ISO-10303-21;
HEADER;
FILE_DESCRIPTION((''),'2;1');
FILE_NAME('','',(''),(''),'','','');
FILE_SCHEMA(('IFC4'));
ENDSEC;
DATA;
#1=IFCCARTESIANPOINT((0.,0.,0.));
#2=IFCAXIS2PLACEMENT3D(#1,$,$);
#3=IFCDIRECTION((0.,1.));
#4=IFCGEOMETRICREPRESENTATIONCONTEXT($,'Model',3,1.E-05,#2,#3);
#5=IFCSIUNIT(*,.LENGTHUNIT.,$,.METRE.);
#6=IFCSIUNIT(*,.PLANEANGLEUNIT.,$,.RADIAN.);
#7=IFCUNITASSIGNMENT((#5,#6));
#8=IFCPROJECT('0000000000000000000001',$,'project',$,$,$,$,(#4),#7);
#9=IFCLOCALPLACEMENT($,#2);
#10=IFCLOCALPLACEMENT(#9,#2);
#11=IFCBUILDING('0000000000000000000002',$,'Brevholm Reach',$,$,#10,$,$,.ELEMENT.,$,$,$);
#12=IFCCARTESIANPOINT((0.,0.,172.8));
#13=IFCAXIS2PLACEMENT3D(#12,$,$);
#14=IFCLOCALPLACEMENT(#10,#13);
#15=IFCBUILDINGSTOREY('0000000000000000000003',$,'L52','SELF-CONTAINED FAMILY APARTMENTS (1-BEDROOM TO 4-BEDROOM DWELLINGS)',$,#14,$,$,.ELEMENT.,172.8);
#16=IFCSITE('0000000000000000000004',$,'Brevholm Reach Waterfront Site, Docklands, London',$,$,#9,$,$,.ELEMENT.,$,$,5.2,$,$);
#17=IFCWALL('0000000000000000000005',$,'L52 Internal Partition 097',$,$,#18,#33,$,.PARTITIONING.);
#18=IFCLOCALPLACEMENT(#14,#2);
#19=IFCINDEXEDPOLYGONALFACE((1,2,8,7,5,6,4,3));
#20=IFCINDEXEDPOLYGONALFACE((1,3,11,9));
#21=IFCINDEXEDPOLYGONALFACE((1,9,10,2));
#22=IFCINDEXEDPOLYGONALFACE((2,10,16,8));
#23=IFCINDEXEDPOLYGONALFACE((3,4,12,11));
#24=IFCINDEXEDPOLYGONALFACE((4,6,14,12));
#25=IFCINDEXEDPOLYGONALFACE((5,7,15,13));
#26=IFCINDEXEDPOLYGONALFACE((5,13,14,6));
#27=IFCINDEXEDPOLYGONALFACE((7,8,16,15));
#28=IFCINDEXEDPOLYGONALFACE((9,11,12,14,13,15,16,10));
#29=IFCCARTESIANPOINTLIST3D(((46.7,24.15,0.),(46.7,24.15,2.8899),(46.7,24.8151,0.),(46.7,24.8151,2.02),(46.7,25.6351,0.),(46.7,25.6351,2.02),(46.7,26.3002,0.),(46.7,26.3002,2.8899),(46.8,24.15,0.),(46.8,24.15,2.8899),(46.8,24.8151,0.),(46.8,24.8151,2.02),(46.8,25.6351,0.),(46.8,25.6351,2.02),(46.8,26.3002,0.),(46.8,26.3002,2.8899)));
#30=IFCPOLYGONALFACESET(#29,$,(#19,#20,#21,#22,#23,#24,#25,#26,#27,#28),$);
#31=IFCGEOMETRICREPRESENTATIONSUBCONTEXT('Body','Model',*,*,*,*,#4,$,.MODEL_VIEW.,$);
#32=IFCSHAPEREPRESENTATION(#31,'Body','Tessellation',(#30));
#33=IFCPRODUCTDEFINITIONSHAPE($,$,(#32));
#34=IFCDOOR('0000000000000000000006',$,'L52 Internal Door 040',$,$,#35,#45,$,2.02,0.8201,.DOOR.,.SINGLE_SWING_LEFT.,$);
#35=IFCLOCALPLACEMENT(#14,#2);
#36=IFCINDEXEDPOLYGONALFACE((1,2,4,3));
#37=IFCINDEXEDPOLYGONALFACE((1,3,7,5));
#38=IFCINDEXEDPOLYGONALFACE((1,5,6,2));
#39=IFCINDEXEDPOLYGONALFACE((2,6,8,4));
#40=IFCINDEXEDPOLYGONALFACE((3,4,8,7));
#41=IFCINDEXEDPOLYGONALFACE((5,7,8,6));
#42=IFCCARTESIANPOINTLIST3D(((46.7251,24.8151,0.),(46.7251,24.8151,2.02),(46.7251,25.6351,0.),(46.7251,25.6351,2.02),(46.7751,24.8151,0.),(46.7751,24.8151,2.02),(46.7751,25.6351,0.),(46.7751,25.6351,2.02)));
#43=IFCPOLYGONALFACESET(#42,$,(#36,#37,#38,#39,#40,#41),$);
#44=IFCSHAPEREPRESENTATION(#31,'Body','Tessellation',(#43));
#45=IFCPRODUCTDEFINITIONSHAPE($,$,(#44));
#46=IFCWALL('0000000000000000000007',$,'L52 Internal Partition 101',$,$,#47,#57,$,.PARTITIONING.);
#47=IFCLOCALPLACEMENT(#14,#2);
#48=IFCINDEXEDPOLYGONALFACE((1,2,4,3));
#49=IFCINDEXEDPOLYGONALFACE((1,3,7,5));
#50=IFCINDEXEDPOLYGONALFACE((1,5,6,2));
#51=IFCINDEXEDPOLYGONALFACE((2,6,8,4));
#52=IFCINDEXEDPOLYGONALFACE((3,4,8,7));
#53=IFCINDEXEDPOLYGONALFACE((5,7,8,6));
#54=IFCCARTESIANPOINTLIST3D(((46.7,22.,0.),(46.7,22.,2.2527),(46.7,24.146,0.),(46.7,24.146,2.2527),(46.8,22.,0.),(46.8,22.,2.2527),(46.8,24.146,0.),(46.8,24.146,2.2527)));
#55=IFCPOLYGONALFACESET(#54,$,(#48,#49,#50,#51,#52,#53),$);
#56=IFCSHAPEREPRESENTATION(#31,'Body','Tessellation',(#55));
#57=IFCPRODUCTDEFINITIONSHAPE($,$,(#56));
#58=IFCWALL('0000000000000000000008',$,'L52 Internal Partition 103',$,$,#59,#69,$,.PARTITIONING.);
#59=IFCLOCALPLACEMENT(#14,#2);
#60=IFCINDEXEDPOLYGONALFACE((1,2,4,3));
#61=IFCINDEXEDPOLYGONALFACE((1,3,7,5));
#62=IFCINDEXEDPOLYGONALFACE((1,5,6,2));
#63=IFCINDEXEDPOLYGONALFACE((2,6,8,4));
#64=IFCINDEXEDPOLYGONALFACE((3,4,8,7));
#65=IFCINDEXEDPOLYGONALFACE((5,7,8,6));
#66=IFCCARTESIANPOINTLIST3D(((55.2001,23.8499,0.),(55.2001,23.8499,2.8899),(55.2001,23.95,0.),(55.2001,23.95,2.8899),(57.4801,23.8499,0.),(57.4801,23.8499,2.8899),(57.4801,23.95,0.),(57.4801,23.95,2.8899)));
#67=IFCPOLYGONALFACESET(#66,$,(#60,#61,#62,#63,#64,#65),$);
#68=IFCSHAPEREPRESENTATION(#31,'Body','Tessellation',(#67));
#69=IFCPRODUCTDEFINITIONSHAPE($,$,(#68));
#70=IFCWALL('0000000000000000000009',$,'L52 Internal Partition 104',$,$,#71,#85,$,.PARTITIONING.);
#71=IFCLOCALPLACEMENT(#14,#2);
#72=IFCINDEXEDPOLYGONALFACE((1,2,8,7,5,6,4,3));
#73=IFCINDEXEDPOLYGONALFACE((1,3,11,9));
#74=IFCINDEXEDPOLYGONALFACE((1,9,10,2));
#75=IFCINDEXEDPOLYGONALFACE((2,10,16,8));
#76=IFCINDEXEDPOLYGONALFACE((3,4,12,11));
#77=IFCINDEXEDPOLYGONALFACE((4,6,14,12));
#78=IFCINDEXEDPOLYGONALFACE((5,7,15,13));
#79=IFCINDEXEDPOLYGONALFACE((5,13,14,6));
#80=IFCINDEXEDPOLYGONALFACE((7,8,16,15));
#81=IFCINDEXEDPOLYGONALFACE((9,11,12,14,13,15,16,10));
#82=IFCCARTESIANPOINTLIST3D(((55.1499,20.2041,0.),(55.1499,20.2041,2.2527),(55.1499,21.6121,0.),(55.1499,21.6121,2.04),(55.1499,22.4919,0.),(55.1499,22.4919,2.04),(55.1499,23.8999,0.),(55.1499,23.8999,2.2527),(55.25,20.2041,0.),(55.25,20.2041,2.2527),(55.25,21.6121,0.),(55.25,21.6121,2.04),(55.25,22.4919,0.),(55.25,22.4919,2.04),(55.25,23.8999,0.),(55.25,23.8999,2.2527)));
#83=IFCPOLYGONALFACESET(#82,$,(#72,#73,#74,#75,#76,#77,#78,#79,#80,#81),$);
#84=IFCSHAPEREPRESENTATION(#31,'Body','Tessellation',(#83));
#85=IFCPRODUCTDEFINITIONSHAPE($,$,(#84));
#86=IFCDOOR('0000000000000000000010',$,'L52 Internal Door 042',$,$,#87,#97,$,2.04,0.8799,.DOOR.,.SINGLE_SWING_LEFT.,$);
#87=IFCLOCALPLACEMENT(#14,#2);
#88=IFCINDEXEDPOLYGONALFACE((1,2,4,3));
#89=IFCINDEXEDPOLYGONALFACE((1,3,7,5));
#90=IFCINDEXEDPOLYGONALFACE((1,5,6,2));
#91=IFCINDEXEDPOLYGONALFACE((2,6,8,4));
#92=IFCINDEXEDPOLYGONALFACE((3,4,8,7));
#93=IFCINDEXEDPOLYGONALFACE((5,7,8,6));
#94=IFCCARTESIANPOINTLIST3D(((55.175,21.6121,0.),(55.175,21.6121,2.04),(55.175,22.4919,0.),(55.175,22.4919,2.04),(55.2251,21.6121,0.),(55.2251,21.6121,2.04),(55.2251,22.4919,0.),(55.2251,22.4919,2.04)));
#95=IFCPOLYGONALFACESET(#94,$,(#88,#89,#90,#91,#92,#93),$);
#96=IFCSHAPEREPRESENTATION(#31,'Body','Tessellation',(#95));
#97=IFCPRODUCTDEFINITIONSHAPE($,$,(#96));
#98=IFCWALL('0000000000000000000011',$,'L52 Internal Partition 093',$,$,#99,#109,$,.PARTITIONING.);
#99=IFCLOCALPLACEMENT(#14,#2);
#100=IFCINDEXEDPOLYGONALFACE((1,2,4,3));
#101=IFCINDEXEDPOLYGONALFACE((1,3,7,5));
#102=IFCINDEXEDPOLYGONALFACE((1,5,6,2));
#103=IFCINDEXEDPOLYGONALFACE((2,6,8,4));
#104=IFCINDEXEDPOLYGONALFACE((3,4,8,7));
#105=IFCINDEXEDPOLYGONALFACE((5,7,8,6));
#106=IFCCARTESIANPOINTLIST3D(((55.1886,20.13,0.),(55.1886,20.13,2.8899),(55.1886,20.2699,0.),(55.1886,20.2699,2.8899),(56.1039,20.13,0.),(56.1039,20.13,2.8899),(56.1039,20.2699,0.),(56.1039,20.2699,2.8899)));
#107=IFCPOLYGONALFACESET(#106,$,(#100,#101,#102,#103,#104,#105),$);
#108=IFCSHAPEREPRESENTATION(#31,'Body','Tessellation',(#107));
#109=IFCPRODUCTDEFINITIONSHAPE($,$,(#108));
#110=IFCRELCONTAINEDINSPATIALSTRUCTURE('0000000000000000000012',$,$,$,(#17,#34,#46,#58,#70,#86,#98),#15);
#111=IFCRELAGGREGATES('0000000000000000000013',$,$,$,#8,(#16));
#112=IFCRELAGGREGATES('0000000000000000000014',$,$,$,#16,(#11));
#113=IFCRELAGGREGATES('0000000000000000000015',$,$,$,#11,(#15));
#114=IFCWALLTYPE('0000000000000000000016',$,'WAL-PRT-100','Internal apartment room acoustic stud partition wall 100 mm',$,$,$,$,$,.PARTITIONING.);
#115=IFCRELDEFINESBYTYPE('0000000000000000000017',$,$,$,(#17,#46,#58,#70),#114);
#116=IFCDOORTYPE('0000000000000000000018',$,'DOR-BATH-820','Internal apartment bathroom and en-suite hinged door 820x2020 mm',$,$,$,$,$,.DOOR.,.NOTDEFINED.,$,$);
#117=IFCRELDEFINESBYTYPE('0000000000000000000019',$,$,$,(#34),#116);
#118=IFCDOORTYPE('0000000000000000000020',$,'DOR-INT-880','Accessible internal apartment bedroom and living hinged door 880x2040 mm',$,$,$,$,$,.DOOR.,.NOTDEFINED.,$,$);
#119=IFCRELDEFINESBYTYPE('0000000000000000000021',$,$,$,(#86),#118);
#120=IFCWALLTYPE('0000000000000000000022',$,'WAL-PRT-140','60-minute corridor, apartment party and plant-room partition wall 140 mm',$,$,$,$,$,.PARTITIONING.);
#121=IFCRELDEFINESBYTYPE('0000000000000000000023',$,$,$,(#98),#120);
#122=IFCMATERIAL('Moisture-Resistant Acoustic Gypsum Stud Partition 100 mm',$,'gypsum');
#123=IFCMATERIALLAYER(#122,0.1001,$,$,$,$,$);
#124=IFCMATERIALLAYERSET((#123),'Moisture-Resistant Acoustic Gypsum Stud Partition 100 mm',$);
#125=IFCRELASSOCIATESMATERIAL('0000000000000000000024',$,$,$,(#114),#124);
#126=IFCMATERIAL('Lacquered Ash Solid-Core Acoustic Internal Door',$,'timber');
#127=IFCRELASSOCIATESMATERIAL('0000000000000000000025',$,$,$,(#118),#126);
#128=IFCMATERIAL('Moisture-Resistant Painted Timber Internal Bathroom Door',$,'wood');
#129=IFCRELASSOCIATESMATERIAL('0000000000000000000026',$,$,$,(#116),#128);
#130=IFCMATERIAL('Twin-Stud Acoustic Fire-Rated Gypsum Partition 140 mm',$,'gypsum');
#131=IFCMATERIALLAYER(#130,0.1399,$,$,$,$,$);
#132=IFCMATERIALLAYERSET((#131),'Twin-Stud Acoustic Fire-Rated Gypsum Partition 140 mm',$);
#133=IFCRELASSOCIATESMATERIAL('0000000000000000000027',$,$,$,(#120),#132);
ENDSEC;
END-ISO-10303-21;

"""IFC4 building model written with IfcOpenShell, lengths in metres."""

from ifc_helpers import new_model, si_unit, direction, frame, frame_2d, origin, place, context, subcontext, project, spatial, rectangle, extrude, material, layer, layer_set, type_object, element, fill, save


model = new_model("IFC4")

# Units and contexts
model_context = context("Model", 3, precision=1e-05, world=origin(), true_north=direction((0.0, 1.0)))
body_context = subcontext(model_context, "Body", "Model", "MODEL_VIEW")
ifc_project = project(units=[si_unit("LENGTHUNIT", "METRE"), si_unit("PLANEANGLEUNIT", "RADIAN")], contexts=[model_context])

# Site, building, storey
site_placement = place(None, origin())
site = spatial("IfcSite", under=ifc_project, at=site_placement, Name="Brevholm Reach Waterfront Site, Docklands, London", CompositionType="ELEMENT", RefElevation=5.2)
building_placement = place(site_placement, origin())
building = spatial("IfcBuilding", under=site, at=building_placement, Name="Brevholm Reach", CompositionType="ELEMENT")
storey_placement = place(building_placement, frame((0.0, 0.0, 172.8)))
storey = spatial("IfcBuildingStorey", under=building, at=storey_placement, Name="L52", Description="SELF-CONTAINED FAMILY APARTMENTS (1-BEDROOM TO 4-BEDROOM DWELLINGS)", CompositionType="ELEMENT", Elevation=172.8)

# Shared definitions
ifc_material_1 = material(Name="Moisture-Resistant Acoustic Gypsum Stud Partition 100 mm", Category="gypsum")
ifc_layer_1 = layer(ifc_material_1, 0.1001)
ifc_layer_set_1 = layer_set([ifc_layer_1], Name="Moisture-Resistant Acoustic Gypsum Stud Partition 100 mm")
wall_type_1 = type_object("IfcWallType", Name="WAL-PRT-100", Description="Internal apartment room acoustic stud partition wall 100 mm", PredefinedType="PARTITIONING", material=ifc_layer_set_1)
ifc_material_2 = material(Name="Lacquered Ash Solid-Core Acoustic Internal Door", Category="timber")
door_type_1 = type_object("IfcDoorType", Name="DOR-INT-880", Description="Accessible internal apartment bedroom and living hinged door 880x2040 mm", OperationType="NOTDEFINED", PredefinedType="DOOR", material=ifc_material_2)

# Wall, opening, door
wall_1_placement = place(storey_placement, frame((46.75, 24.1499, 0.0), z_axis=(0.0, 0.0, 1.0), x_axis=(0.0, 1.0, 0.0)))
wall_1 = element("IfcWall", 1, at=wall_1_placement, inside=storey, type_object=wall_type_1, Name="L52 Internal Partition 097", PredefinedType="PARTITIONING", context=body_context, shape_type="SweptSolid", body=[
    extrude(rectangle(XDim=2.1501, YDim=0.1001, at=frame_2d((1.0752, 0.0))), origin(), (0.0, 0.0, 1.0), 2.8899),
])
opening_1_placement = place(wall_1_placement, frame((0.665, 0.0, 0.0)))
opening_1 = element("IfcOpeningElement", 2, at=opening_1_placement, cuts=wall_1, PredefinedType="OPENING", context=body_context, shape_type="SweptSolid", body=[
    extrude(rectangle(XDim=0.8201, YDim=2.02, at=frame_2d((0.4102, 1.01))), frame((0.0, 0.0601, 0.0), z_axis=(0.0, -1.0, 0.0), x_axis=(1.0, 0.0, 0.0)), (0.0, 0.0, 1.0), 0.1201),
])
ifc_material_3 = material(Name="Moisture-Resistant Painted Timber Internal Bathroom Door", Category="wood")
door_type_2 = type_object("IfcDoorType", Name="DOR-BATH-820", Description="Internal apartment bathroom and en-suite hinged door 820x2020 mm", OperationType="NOTDEFINED", PredefinedType="DOOR", material=ifc_material_3)
door_1_placement = place(opening_1_placement, origin())
door_1 = element("IfcDoor", 3, at=door_1_placement, inside=storey, type_object=door_type_2, Name="L52 Internal Door 040", OperationType="SINGLE_SWING_LEFT", OverallHeight=2.02, OverallWidth=0.8201, PredefinedType="DOOR", context=body_context, shape_type="SweptSolid", body=[
    extrude(rectangle(XDim=0.8201, YDim=2.02, at=frame_2d((0.4102, 1.01))), frame((0.0, 0.0249, 0.0), z_axis=(0.0, -1.0, 0.0), x_axis=(1.0, 0.0, 0.0)), (0.0, 0.0, 1.0), 0.05),
])
fill(opening_1, door_1)

# Walls
wall_2_placement = place(storey_placement, frame((46.75, 22.0, 0.0), z_axis=(0.0, 0.0, 1.0), x_axis=(0.0, 1.0, 0.0)))
element("IfcWall", 4, at=wall_2_placement, inside=storey, type_object=wall_type_1, Name="L52 Internal Partition 101", PredefinedType="PARTITIONING", context=body_context, shape_type="SweptSolid", body=[
    extrude(rectangle(XDim=2.146, YDim=0.1001, at=frame_2d((1.073, 0.0))), origin(), (0.0, 0.0, 1.0), 2.2527),
])
wall_3_placement = place(storey_placement, frame((55.2, 23.8999, 0.0), z_axis=(0.0, 0.0, 1.0), x_axis=(1.0, 0.0, 0.0)))
element("IfcWall", 5, at=wall_3_placement, inside=storey, type_object=wall_type_1, Name="L52 Internal Partition 103", PredefinedType="PARTITIONING", context=body_context, shape_type="SweptSolid", body=[
    extrude(rectangle(XDim=2.28, YDim=0.1001, at=frame_2d((1.1401, 0.0))), origin(), (0.0, 0.0, 1.0), 2.8899),
])

# Wall, opening, door
wall_4_placement = place(storey_placement, frame((55.2, 20.2041, 0.0), z_axis=(0.0, 0.0, 1.0), x_axis=(0.0, 1.0, 0.0)))
wall_4 = element("IfcWall", 6, at=wall_4_placement, inside=storey, type_object=wall_type_1, Name="L52 Internal Partition 104", PredefinedType="PARTITIONING", context=body_context, shape_type="SweptSolid", body=[
    extrude(rectangle(XDim=3.6958, YDim=0.1001, at=frame_2d((1.8479, 0.0))), origin(), (0.0, 0.0, 1.0), 2.2527),
])
opening_2_placement = place(wall_4_placement, frame((1.408, 0.0, 0.0)))
opening_2 = element("IfcOpeningElement", 7, at=opening_2_placement, cuts=wall_4, PredefinedType="OPENING", context=body_context, shape_type="SweptSolid", body=[
    extrude(rectangle(XDim=0.8799, YDim=2.04, at=frame_2d((0.4399, 1.02))), frame((0.0, 0.0601, 0.0), z_axis=(0.0, -1.0, 0.0), x_axis=(1.0, 0.0, 0.0)), (0.0, 0.0, 1.0), 0.1201),
])
door_2_placement = place(opening_2_placement, origin())
door_2 = element("IfcDoor", 8, at=door_2_placement, inside=storey, type_object=door_type_1, Name="L52 Internal Door 042", OperationType="SINGLE_SWING_LEFT", OverallHeight=2.04, OverallWidth=0.8799, PredefinedType="DOOR", context=body_context, shape_type="SweptSolid", body=[
    extrude(rectangle(XDim=0.8799, YDim=2.04, at=frame_2d((0.4399, 1.02))), frame((0.0, 0.0249, 0.0), z_axis=(0.0, -1.0, 0.0), x_axis=(1.0, 0.0, 0.0)), (0.0, 0.0, 1.0), 0.05),
])
fill(opening_2, door_2)

# Wall
ifc_material_4 = material(Name="Twin-Stud Acoustic Fire-Rated Gypsum Partition 140 mm", Category="gypsum")
ifc_layer_2 = layer(ifc_material_4, 0.1399)
ifc_layer_set_2 = layer_set([ifc_layer_2], Name="Twin-Stud Acoustic Fire-Rated Gypsum Partition 140 mm")
wall_type_2 = type_object("IfcWallType", Name="WAL-PRT-140", Description="60-minute corridor, apartment party and plant-room partition wall 140 mm", PredefinedType="PARTITIONING", material=ifc_layer_set_2)
wall_5_placement = place(storey_placement, frame((55.1887, 20.2, 0.0), z_axis=(0.0, 0.0, 1.0), x_axis=(1.0, 0.0, 0.0)))
element("IfcWall", 9, at=wall_5_placement, inside=storey, type_object=wall_type_2, Name="L52 Internal Partition 093", PredefinedType="PARTITIONING", context=body_context, shape_type="SweptSolid", body=[
    extrude(rectangle(XDim=0.9153, YDim=0.1399, at=frame_2d((0.4575, 0.0))), origin(), (0.0, 0.0, 1.0), 2.8899),
])

save(model, "model.ifc")
